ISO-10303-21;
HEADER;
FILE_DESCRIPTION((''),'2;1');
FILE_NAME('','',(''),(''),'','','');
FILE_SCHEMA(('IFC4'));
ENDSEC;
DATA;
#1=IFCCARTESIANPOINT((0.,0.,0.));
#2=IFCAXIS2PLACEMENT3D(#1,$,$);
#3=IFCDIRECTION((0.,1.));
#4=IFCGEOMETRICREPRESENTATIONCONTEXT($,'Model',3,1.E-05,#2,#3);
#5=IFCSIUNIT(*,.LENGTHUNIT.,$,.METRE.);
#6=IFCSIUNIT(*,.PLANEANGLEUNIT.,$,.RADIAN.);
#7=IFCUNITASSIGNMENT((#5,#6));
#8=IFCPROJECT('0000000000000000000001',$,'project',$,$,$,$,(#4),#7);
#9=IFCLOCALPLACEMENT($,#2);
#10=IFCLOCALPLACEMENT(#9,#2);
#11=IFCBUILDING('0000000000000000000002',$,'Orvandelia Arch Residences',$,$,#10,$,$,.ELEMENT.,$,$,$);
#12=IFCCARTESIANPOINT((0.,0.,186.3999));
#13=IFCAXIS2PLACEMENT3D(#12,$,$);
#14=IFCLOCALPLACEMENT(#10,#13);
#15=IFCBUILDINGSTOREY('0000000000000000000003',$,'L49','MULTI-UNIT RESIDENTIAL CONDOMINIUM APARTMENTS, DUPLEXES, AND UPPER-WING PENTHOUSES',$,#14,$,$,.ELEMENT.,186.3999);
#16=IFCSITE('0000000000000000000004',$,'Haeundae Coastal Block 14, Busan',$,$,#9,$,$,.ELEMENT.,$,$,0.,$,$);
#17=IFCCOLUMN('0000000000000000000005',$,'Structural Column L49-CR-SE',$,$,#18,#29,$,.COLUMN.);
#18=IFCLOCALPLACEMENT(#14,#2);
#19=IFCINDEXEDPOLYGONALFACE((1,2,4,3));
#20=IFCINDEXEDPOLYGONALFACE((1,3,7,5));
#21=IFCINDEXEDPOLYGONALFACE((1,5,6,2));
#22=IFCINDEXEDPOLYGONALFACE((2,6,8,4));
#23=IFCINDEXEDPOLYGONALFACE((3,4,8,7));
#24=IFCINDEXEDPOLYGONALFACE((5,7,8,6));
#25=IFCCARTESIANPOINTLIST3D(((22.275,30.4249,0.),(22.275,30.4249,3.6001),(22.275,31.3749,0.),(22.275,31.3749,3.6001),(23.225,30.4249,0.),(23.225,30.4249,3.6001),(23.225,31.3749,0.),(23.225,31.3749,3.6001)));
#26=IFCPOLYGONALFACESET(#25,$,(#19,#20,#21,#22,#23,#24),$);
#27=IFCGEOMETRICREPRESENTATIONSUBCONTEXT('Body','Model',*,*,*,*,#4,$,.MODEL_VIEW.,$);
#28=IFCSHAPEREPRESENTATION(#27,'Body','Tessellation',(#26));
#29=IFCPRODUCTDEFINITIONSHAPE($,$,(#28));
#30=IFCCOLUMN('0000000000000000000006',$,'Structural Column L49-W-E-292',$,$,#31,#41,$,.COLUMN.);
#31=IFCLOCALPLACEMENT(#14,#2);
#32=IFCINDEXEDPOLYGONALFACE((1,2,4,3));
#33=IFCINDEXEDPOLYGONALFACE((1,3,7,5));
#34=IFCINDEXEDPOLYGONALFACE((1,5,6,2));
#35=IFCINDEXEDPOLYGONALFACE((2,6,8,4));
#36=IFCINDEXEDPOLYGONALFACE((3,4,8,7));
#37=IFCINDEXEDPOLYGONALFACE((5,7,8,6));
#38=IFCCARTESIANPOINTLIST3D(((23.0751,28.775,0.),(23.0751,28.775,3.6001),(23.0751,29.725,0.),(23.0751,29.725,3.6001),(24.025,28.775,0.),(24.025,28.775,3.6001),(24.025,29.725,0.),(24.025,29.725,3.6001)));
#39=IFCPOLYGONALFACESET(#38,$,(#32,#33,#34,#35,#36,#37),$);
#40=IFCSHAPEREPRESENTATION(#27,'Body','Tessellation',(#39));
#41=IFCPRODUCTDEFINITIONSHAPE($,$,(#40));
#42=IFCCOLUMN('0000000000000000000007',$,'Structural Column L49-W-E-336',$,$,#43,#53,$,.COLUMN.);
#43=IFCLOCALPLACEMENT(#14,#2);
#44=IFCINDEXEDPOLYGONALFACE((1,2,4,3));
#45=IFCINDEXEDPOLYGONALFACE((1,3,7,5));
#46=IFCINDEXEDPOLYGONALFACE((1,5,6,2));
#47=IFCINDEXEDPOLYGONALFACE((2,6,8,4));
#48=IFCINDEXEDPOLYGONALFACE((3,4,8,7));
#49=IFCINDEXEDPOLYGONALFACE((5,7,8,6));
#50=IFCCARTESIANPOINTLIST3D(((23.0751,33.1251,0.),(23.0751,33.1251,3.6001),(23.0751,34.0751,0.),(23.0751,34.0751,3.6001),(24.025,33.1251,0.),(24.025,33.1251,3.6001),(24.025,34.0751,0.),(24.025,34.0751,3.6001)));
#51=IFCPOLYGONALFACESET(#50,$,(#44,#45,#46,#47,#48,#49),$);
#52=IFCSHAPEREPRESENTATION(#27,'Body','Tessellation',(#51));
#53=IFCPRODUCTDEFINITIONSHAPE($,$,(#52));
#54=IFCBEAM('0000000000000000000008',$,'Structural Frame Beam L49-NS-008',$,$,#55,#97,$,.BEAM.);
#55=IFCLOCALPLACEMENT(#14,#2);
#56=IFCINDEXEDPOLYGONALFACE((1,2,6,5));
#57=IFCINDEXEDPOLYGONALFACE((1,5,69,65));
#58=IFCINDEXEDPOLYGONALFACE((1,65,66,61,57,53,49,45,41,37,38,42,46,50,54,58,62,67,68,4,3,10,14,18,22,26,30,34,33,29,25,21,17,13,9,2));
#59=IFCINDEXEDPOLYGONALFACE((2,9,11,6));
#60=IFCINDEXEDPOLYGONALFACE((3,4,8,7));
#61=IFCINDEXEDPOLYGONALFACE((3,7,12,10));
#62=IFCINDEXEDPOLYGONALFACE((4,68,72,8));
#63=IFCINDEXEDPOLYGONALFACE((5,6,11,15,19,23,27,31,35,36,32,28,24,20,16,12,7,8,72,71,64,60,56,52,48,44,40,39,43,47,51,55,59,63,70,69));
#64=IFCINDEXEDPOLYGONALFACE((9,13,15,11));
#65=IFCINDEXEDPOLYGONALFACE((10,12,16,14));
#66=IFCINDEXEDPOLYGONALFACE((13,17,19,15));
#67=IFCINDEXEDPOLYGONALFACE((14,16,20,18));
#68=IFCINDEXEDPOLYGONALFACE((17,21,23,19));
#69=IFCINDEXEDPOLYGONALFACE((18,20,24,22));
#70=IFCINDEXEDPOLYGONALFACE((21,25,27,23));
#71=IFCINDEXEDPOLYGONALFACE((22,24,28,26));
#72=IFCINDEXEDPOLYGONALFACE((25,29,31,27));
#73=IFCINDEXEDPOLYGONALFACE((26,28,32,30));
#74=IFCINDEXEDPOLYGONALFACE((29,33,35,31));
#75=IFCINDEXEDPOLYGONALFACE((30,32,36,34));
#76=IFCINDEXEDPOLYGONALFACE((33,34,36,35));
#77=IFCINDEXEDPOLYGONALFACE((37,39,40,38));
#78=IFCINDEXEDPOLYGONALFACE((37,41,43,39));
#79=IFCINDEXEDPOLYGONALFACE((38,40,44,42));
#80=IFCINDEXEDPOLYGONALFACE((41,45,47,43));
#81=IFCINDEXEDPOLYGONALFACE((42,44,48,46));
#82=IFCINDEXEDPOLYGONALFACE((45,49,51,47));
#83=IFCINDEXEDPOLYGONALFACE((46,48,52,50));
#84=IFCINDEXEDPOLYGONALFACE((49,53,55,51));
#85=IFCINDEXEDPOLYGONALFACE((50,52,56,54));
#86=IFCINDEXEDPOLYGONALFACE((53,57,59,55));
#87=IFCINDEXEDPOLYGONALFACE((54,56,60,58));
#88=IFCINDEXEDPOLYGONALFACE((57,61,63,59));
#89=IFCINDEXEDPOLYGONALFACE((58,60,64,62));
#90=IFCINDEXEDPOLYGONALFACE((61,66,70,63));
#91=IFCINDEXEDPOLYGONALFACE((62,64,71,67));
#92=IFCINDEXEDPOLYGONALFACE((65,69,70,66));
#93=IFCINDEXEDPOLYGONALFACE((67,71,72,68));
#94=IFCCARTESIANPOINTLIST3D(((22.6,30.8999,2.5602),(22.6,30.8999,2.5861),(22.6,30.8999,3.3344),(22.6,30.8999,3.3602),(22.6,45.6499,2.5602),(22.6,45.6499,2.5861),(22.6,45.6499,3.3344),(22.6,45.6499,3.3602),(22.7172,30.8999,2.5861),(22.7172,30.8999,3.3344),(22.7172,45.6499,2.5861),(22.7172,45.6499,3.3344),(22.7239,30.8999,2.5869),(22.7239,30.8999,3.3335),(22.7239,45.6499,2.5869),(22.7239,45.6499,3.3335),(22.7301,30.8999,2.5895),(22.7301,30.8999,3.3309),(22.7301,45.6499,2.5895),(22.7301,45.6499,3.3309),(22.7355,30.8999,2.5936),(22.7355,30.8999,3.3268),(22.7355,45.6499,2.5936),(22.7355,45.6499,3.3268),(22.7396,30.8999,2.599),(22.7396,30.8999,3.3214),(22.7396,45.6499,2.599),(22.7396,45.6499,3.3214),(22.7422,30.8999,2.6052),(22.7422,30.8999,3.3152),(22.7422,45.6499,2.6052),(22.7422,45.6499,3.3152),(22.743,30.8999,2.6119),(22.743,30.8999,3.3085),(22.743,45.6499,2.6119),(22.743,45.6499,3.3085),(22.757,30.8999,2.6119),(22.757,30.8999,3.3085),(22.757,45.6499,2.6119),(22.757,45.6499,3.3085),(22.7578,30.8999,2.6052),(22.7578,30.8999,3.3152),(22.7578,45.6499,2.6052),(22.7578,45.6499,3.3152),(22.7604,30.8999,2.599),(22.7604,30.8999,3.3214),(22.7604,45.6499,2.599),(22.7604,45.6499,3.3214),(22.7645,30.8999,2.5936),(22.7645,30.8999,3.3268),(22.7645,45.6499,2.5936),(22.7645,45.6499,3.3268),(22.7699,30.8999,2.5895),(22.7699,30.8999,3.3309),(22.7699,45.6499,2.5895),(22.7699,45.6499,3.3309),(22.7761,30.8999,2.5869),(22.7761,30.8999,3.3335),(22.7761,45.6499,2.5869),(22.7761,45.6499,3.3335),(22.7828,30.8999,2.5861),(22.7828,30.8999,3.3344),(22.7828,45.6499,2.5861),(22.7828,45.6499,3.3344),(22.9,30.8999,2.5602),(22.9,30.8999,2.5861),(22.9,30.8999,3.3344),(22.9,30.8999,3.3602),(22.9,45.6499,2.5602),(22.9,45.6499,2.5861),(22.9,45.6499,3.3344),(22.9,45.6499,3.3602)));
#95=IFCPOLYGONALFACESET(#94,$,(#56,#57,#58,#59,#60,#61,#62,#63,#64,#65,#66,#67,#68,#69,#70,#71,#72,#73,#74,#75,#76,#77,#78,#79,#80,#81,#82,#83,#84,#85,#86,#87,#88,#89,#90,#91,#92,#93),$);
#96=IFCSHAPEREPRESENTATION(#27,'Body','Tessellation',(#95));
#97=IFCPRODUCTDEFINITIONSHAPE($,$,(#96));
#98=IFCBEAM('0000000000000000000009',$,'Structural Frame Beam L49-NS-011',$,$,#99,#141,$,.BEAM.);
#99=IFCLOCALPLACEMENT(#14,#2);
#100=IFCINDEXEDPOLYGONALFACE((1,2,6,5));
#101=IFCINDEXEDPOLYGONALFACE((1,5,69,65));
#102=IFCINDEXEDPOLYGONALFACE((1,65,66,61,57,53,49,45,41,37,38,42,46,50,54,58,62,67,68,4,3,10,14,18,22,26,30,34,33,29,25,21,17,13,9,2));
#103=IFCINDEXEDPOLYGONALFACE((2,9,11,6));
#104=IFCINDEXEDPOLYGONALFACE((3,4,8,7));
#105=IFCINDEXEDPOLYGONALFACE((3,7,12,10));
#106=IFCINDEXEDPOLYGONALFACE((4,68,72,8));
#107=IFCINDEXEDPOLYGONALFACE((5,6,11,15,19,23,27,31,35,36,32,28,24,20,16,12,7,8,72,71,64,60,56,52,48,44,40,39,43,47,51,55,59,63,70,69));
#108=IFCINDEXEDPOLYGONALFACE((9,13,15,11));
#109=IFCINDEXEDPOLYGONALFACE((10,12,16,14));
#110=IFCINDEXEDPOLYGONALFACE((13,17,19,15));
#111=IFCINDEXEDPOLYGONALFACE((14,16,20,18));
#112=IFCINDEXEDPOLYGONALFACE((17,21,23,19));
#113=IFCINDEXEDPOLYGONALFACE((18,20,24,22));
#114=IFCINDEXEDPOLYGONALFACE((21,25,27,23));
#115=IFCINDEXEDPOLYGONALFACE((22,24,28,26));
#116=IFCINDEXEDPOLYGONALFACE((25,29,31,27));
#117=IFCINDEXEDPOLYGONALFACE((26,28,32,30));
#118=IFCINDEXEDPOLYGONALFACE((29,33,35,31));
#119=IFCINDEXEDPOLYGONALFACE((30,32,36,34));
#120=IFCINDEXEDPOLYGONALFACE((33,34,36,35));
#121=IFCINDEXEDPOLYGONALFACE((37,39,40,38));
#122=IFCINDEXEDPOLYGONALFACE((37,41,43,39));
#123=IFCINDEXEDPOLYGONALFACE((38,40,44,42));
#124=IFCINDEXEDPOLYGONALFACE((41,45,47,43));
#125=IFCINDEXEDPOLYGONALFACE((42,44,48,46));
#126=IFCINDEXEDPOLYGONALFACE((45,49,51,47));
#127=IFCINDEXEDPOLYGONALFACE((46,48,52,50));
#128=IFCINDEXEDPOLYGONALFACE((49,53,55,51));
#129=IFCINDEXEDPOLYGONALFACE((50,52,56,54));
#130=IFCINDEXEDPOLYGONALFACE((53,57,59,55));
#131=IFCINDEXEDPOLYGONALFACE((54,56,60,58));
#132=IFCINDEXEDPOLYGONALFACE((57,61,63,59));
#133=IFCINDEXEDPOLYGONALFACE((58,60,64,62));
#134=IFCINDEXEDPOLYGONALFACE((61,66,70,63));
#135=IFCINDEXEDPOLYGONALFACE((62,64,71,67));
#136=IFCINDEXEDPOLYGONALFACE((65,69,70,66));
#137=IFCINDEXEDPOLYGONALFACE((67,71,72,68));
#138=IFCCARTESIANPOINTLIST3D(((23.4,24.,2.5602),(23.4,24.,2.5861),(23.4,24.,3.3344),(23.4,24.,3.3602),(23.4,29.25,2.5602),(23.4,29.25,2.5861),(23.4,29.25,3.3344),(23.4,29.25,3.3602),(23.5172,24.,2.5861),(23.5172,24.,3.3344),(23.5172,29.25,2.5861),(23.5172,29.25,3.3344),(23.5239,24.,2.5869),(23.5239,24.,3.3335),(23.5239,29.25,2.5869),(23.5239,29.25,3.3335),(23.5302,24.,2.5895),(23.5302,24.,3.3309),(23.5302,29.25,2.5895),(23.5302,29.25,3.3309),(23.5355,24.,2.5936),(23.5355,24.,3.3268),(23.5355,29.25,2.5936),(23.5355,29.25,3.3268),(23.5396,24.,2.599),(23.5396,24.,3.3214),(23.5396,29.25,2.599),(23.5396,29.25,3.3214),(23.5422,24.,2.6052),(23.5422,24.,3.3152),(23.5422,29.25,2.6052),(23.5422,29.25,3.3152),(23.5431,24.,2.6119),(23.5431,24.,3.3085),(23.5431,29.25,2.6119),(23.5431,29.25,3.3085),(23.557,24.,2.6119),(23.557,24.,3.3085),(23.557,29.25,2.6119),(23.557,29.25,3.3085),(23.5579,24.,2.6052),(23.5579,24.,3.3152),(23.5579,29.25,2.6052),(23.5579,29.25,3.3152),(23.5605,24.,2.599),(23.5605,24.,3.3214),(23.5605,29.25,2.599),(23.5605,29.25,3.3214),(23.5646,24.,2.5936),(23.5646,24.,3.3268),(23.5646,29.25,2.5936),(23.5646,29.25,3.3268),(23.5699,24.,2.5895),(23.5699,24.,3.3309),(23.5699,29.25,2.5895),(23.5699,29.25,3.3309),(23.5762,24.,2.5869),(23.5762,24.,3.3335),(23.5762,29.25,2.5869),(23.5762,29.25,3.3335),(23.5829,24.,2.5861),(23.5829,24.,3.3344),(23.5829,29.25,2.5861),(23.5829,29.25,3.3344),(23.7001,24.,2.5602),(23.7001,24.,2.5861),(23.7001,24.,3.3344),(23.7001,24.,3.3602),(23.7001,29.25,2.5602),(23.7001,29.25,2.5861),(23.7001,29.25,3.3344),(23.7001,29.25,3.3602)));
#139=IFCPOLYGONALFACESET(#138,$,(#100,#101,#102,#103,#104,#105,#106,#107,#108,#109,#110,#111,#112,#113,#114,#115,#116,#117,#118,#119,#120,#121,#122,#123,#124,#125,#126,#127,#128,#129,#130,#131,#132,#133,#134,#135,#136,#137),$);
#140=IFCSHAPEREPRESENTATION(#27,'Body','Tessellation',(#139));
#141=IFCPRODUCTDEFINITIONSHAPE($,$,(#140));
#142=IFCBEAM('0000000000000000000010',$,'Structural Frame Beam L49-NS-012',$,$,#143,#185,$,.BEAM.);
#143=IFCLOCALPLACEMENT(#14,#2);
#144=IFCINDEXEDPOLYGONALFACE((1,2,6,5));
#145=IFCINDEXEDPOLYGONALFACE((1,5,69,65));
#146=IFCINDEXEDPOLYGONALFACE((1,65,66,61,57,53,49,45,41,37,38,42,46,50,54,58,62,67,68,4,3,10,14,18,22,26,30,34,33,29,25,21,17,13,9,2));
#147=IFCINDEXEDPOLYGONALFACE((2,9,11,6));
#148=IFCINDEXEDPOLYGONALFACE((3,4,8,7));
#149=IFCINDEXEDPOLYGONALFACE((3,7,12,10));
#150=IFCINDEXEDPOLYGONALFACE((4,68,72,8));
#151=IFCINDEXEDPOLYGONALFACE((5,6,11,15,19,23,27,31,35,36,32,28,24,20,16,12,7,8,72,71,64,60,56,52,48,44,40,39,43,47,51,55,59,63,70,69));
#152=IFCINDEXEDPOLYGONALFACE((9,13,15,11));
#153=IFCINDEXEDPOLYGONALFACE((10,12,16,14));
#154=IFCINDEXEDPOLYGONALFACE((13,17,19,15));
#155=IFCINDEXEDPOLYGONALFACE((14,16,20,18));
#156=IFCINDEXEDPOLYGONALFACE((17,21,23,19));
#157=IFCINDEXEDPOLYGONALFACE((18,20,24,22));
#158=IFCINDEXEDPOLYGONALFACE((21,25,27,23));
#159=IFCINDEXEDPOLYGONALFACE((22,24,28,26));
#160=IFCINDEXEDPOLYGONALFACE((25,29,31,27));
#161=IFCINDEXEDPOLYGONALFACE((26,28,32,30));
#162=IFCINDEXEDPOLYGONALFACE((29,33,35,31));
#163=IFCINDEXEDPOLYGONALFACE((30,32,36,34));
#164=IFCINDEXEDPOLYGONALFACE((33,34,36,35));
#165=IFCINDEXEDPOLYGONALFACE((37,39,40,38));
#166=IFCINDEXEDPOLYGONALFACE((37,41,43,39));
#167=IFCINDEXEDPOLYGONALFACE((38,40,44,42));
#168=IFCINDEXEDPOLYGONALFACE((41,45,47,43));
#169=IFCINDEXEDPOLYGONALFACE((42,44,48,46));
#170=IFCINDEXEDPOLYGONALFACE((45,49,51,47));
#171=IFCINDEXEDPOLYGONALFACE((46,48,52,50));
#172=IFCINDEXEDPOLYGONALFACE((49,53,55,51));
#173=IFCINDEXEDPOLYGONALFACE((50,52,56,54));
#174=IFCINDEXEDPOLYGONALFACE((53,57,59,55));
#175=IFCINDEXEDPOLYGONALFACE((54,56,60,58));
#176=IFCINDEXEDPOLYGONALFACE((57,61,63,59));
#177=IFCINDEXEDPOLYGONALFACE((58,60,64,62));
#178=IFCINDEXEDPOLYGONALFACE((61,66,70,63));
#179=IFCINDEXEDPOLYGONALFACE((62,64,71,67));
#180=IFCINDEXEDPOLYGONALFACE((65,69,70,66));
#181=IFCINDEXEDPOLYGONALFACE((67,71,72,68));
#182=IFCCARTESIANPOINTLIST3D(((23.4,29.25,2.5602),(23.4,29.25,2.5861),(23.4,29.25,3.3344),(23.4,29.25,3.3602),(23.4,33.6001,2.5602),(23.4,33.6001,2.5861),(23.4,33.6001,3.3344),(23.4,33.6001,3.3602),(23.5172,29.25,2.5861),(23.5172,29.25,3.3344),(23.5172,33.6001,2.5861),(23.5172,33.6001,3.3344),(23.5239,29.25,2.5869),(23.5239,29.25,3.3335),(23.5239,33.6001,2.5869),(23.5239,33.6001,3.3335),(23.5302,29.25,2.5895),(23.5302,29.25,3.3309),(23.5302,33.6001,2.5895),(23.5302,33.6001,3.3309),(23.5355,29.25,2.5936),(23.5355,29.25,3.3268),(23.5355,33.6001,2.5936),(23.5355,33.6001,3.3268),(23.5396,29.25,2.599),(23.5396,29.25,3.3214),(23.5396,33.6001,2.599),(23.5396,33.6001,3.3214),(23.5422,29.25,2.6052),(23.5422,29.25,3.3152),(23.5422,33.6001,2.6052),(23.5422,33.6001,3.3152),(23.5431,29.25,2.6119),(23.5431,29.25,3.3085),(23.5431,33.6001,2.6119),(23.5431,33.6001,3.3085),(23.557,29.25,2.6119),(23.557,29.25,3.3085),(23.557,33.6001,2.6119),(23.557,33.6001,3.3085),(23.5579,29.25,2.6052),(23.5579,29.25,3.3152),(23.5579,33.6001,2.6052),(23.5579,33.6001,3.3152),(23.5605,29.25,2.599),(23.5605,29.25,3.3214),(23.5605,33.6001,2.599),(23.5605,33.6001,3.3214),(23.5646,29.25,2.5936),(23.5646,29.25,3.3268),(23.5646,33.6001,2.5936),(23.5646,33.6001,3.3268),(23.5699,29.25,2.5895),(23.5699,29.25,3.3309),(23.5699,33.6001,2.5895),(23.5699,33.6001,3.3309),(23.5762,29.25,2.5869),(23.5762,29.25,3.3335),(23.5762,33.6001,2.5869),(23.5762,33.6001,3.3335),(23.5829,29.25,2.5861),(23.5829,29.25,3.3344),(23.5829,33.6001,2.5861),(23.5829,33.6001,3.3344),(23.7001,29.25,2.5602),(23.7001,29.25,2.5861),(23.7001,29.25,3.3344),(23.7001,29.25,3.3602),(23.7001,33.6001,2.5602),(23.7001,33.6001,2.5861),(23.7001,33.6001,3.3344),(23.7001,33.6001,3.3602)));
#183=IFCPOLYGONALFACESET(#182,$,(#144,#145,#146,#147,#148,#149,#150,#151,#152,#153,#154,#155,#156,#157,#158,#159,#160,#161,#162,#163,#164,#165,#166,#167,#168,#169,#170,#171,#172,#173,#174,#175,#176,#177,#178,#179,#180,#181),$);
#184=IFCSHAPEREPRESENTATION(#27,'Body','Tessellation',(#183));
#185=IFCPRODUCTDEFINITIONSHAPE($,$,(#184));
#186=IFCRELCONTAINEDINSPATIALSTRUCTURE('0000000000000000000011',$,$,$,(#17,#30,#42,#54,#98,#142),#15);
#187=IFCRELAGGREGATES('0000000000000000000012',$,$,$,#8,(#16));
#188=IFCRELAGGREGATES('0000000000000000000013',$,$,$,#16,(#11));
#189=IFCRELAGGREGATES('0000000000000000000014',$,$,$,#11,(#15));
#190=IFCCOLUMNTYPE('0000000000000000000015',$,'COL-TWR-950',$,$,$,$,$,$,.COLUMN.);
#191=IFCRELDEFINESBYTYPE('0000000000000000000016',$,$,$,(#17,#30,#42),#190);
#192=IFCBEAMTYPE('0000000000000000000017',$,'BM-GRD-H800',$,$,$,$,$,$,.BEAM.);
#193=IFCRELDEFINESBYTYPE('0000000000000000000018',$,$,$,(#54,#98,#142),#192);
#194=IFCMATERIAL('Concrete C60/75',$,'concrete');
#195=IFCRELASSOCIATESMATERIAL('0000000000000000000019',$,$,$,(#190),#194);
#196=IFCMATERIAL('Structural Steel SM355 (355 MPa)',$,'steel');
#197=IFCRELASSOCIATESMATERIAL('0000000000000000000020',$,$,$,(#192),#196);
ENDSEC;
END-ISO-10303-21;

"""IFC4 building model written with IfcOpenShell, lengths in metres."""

from ifc_helpers import new_model, si_unit, direction, frame, origin, origin_2d, place, context, subcontext, project, spatial, rectangle, i_section, extrude, material, material_profile, profile_set, type_object, element, save


model = new_model("IFC4")

# Units and contexts
model_context = context("Model", 3, precision=1e-05, world=origin(), true_north=direction((0.0, 1.0)))
body_context = subcontext(model_context, "Body", "Model", "MODEL_VIEW")
ifc_project = project(units=[si_unit("LENGTHUNIT", "METRE"), si_unit("PLANEANGLEUNIT", "RADIAN")], contexts=[model_context])

# Site, building, storey
site_placement = place(None, origin())
site = spatial("IfcSite", under=ifc_project, at=site_placement, Name="Haeundae Coastal Block 14, Busan", CompositionType="ELEMENT", RefElevation=0.0)
building_placement = place(site_placement, origin())
building = spatial("IfcBuilding", under=site, at=building_placement, Name="Orvandelia Arch Residences", CompositionType="ELEMENT")
storey_placement = place(building_placement, frame((0.0, 0.0, 186.3999)))
storey = spatial("IfcBuildingStorey", under=building, at=storey_placement, Name="L49", Description="MULTI-UNIT RESIDENTIAL CONDOMINIUM APARTMENTS, DUPLEXES, AND UPPER-WING PENTHOUSES", CompositionType="ELEMENT", Elevation=186.3999)

# Columns
ifc_material_1 = material(Name="Concrete C60/75", Category="concrete")
ifc_material_profile_1 = material_profile(ifc_material_1, rectangle(XDim=0.95, YDim=0.95, at=origin_2d()), Name="Concrete C60/75", Category="concrete")
ifc_profile_set_1 = profile_set([ifc_material_profile_1], Name="Concrete C60/75")
column_type = type_object("IfcColumnType", Name="COL-TWR-950", PredefinedType="COLUMN", material=ifc_profile_set_1)
for number, where, z_axis, x_axis, name in (
    (1, (22.75, 30.8999, 0.0), (0.0, 0.0, 1.0), (1.0, 0.0, 0.0), "Structural Column L49-CR-SE"),
    (2, (23.55, 29.25, 0.0), (0.0, 0.0, 1.0), (1.0, 0.0, 0.0), "Structural Column L49-W-E-292"),
    (3, (23.55, 33.6001, 0.0), (0.0, 0.0, 1.0), (1.0, 0.0, 0.0), "Structural Column L49-W-E-336"),
):
    element("IfcColumn", number, at=place(storey_placement, frame(where, z_axis=z_axis, x_axis=x_axis)), inside=storey, type_object=column_type, Name=name, PredefinedType="COLUMN", context=body_context, shape_type="SweptSolid", body=[
        extrude(rectangle(XDim=0.95, YDim=0.95, at=origin_2d()), origin(), (0.0, 0.0, 1.0), 3.6001),
    ])

# Beams
ifc_material_2 = material(Name="Structural Steel SM355 (355 MPa)", Category="steel")
ifc_material_profile_2 = material_profile(ifc_material_2, i_section(OverallWidth=0.3, OverallDepth=0.8, WebThickness=0.0139, FlangeThickness=0.0259, FilletRadius=0.0259, at=origin_2d()), Name="Structural Steel SM355 (355 MPa)", Category="steel")
ifc_profile_set_2 = profile_set([ifc_material_profile_2], Name="Structural Steel SM355 (355 MPa)")
beam_type = type_object("IfcBeamType", Name="BM-GRD-H800", PredefinedType="BEAM", material=ifc_profile_set_2)
beam_1_placement = place(storey_placement, frame((22.75, 30.8999, 2.9602), z_axis=(0.0, 1.0, 0.0), x_axis=(-1.0, 0.0, 0.0)))
element("IfcBeam", 4, at=beam_1_placement, inside=storey, type_object=beam_type, Name="Structural Frame Beam L49-NS-008", PredefinedType="BEAM", context=body_context, shape_type="SweptSolid", body=[
    extrude(i_section(OverallWidth=0.3, OverallDepth=0.8, WebThickness=0.0139, FlangeThickness=0.0259, FilletRadius=0.0259, at=origin_2d()), origin(), (0.0, 0.0, 1.0), 14.75),
])
beam_2_placement = place(storey_placement, frame((23.55, 24.0, 2.9602), z_axis=(0.0, 1.0, 0.0), x_axis=(-1.0, 0.0, 0.0)))
element("IfcBeam", 5, at=beam_2_placement, inside=storey, type_object=beam_type, Name="Structural Frame Beam L49-NS-011", PredefinedType="BEAM", context=body_context, shape_type="SweptSolid", body=[
    extrude(i_section(OverallWidth=0.3, OverallDepth=0.8, WebThickness=0.0139, FlangeThickness=0.0259, FilletRadius=0.0259, at=origin_2d()), origin(), (0.0, 0.0, 1.0), 5.25),
])
beam_3_placement = place(storey_placement, frame((23.55, 29.25, 2.9602), z_axis=(0.0, 1.0, 0.0), x_axis=(-1.0, 0.0, 0.0)))
element("IfcBeam", 6, at=beam_3_placement, inside=storey, type_object=beam_type, Name="Structural Frame Beam L49-NS-012", PredefinedType="BEAM", context=body_context, shape_type="SweptSolid", body=[
    extrude(i_section(OverallWidth=0.3, OverallDepth=0.8, WebThickness=0.0139, FlangeThickness=0.0259, FilletRadius=0.0259, at=origin_2d()), origin(), (0.0, 0.0, 1.0), 4.3501),
])

save(model, "model.ifc")
